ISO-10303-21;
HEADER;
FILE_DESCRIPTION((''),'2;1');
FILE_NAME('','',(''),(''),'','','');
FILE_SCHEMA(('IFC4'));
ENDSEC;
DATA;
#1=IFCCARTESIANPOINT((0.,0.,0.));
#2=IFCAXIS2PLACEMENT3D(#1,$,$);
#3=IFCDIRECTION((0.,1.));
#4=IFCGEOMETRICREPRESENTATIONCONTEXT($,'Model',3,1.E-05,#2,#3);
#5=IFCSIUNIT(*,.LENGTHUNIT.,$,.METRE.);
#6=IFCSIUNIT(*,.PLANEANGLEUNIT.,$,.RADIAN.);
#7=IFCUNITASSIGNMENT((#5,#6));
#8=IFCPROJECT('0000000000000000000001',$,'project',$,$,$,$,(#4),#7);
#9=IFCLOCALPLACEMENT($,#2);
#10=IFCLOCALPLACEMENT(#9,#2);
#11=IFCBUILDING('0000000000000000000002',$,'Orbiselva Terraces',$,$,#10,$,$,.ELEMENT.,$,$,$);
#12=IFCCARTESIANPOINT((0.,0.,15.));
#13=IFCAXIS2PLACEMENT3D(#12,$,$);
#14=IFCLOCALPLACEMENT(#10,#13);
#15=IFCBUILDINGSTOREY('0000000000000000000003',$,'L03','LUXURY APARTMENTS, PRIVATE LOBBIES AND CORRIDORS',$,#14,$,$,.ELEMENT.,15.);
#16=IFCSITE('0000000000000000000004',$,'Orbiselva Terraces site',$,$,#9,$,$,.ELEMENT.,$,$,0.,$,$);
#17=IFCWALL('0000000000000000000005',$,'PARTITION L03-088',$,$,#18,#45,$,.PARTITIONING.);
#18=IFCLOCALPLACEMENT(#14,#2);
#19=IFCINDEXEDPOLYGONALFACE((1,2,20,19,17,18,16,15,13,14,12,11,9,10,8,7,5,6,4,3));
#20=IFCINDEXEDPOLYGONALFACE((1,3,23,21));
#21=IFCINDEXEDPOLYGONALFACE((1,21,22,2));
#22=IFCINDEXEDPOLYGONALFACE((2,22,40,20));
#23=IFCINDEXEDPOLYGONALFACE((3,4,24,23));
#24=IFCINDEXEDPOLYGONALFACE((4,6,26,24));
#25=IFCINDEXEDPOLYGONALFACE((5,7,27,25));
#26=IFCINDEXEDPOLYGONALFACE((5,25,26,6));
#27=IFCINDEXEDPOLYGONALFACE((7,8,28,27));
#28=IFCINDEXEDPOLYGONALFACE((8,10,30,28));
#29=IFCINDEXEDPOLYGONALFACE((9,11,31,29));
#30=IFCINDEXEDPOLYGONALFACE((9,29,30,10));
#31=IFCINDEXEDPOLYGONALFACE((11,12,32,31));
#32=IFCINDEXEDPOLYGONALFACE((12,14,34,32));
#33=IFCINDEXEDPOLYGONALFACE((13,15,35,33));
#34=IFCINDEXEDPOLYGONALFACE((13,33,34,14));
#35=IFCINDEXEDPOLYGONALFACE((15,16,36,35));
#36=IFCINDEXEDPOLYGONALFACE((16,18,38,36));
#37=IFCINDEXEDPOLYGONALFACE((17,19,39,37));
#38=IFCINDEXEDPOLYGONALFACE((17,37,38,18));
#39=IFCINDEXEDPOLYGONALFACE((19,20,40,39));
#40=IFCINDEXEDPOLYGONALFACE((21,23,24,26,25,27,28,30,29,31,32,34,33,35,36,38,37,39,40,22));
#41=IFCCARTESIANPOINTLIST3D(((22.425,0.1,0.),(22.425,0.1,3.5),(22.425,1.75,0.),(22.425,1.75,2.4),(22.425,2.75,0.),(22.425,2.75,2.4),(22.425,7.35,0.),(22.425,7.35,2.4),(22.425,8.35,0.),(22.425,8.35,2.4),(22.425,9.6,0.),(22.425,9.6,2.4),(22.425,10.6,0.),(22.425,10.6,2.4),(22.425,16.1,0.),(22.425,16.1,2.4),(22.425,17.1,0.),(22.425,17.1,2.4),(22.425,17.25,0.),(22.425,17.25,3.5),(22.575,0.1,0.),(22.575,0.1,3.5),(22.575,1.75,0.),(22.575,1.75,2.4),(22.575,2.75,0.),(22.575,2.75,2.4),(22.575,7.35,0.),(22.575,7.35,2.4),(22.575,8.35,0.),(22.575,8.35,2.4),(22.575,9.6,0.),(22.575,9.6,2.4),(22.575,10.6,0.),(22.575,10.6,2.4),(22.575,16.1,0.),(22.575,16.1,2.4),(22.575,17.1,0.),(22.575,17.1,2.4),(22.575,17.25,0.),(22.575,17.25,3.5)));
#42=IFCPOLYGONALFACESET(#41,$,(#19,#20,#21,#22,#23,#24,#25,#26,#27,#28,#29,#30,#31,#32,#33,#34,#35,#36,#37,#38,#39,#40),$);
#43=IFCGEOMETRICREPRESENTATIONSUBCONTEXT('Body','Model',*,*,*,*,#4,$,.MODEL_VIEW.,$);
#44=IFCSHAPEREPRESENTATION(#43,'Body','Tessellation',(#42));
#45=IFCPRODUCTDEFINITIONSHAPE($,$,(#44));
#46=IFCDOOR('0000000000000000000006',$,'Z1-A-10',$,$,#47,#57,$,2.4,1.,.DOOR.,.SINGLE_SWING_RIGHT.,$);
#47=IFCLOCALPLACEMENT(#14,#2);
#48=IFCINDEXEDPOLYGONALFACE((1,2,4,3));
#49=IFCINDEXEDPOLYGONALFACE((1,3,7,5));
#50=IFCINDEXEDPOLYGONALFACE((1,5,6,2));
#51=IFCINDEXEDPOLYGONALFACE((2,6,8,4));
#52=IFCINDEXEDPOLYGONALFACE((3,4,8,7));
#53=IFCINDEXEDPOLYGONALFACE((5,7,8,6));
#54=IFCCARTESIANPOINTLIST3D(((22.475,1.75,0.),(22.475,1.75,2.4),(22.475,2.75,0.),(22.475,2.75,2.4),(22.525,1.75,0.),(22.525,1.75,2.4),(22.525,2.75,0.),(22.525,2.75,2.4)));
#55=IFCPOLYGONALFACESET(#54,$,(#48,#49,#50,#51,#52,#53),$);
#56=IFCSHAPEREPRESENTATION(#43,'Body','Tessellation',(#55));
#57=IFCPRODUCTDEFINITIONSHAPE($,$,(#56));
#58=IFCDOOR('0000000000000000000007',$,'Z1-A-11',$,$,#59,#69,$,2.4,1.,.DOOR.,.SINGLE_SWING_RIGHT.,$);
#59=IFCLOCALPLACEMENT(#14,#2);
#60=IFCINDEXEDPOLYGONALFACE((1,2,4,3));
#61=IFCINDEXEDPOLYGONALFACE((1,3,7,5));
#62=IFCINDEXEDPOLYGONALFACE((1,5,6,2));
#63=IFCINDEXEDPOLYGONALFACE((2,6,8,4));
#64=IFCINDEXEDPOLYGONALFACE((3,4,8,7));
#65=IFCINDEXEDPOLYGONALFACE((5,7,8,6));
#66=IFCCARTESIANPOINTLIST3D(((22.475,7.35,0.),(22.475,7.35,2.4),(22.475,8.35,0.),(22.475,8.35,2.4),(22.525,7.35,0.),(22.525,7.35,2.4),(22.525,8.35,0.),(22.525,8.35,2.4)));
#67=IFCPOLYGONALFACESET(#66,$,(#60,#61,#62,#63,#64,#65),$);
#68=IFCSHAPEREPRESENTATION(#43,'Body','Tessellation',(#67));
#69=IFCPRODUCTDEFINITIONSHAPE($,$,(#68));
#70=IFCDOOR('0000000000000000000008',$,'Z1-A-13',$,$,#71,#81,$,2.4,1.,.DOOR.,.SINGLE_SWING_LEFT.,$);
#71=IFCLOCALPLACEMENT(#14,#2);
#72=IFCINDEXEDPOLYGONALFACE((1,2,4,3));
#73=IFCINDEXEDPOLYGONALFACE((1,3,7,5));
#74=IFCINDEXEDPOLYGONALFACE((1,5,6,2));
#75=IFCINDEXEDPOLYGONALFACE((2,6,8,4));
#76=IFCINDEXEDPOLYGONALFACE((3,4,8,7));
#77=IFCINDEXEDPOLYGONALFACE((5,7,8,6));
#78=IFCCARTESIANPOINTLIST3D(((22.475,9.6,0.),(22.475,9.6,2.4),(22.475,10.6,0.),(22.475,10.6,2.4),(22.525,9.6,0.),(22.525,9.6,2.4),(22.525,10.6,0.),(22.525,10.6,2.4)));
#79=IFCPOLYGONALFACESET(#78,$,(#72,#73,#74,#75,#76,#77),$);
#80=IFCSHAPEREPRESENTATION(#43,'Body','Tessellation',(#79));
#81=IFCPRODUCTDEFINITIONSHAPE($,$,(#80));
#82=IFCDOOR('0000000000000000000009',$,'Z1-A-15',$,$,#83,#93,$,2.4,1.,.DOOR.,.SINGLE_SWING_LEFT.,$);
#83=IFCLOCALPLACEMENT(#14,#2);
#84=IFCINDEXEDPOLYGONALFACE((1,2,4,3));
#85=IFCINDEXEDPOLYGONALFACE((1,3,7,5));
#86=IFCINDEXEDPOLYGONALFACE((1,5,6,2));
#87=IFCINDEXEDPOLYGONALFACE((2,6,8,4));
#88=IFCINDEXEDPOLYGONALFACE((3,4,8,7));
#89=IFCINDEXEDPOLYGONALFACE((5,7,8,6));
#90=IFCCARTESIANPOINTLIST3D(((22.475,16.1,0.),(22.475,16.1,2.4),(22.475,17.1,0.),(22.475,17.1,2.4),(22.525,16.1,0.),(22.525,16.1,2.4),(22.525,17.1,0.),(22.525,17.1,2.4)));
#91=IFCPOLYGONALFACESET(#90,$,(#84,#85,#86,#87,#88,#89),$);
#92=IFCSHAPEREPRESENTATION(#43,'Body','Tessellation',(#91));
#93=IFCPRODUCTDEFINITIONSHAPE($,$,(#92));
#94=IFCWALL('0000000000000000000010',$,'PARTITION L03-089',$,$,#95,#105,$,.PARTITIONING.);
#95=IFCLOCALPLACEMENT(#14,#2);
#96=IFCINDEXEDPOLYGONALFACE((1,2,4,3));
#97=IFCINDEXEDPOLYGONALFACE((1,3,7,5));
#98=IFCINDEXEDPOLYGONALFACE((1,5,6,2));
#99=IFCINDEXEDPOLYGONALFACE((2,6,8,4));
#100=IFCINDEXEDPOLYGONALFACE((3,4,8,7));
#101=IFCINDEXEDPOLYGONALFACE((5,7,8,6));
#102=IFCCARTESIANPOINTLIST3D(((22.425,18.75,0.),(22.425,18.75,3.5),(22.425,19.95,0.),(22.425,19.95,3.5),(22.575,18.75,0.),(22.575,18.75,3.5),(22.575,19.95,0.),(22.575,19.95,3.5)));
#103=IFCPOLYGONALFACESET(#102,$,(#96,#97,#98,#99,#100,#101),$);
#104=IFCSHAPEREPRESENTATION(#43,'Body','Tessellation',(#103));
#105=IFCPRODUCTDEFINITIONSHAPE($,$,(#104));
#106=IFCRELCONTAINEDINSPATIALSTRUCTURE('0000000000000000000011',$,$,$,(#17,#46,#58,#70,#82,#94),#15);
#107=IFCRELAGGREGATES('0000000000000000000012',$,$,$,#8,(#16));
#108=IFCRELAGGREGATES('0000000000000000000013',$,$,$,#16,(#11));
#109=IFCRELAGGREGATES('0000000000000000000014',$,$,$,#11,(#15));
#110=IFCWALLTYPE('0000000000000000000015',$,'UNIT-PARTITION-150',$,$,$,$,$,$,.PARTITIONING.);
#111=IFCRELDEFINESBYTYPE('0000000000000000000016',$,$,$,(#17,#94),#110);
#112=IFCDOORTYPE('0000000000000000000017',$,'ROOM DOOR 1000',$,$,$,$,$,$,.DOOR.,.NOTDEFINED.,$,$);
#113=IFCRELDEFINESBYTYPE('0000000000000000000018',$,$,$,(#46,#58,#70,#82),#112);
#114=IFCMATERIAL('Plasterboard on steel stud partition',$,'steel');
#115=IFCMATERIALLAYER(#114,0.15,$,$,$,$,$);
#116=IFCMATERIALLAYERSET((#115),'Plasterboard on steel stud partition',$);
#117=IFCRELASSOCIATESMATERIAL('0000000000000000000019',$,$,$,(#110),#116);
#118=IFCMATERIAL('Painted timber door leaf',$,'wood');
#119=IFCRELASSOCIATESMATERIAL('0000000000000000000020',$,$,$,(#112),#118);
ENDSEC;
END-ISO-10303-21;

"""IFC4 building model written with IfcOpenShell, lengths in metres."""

from ifc_helpers import new_model, si_unit, direction, frame, frame_2d, origin, place, context, subcontext, project, spatial, rectangle, extrude, material, layer, layer_set, type_object, element, fill, save


model = new_model("IFC4")

# Units and contexts
model_context = context("Model", 3, precision=1e-05, world=origin(), true_north=direction((0.0, 1.0)))
body_context = subcontext(model_context, "Body", "Model", "MODEL_VIEW")
ifc_project = project(units=[si_unit("LENGTHUNIT", "METRE"), si_unit("PLANEANGLEUNIT", "RADIAN")], contexts=[model_context])

# Site, building, storey
site_placement = place(None, origin())
site = spatial("IfcSite", under=ifc_project, at=site_placement, Name="Orbiselva Terraces site", CompositionType="ELEMENT", RefElevation=0.0)
building_placement = place(site_placement, origin())
building = spatial("IfcBuilding", under=site, at=building_placement, Name="Orbiselva Terraces", CompositionType="ELEMENT")
storey_placement = place(building_placement, frame((0.0, 0.0, 15.0)))
storey = spatial("IfcBuildingStorey", under=building, at=storey_placement, Name="L03", Description="LUXURY APARTMENTS, PRIVATE LOBBIES AND CORRIDORS", CompositionType="ELEMENT", Elevation=15.0)

# Shared definitions
ifc_material_1 = material(Name="Plasterboard on steel stud partition", Category="steel")
ifc_material_2 = material(Name="Painted timber door leaf", Category="wood")
ifc_layer_1 = layer(ifc_material_1, 0.15)
ifc_layer_set_1 = layer_set([ifc_layer_1], Name="Plasterboard on steel stud partition")
wall_type_1 = type_object("IfcWallType", Name="UNIT-PARTITION-150", PredefinedType="PARTITIONING", material=ifc_layer_set_1)

# Wall, openings, doors
wall_1_placement = place(storey_placement, frame((22.5, 17.25, 0.0), z_axis=(0.0, 0.0, 1.0), x_axis=(0.0, -1.0, 0.0)))
wall_1 = element("IfcWall", 1, at=wall_1_placement, inside=storey, type_object=wall_type_1, Name="PARTITION L03-088", PredefinedType="PARTITIONING", context=body_context, shape_type="SweptSolid", body=[
    extrude(rectangle(XDim=17.15, YDim=0.15, at=frame_2d((8.575, 0.0))), origin(), (0.0, 0.0, 1.0), 3.5),
])
opening_1_placement = place(wall_1_placement, frame((14.5, 0.0, 0.0)))
opening_1 = element("IfcOpeningElement", 2, at=opening_1_placement, cuts=wall_1, PredefinedType="OPENING", context=body_context, shape_type="SweptSolid", body=[
    extrude(rectangle(XDim=1.0, YDim=2.4, at=frame_2d((0.5, 1.2))), frame((0.0, 0.085, 0.0), z_axis=(0.0, -1.0, 0.0), x_axis=(1.0, 0.0, 0.0)), (0.0, 0.0, 1.0), 0.17),
])
opening_2_placement = place(wall_1_placement, frame((8.9, 0.0, 0.0)))
opening_2 = element("IfcOpeningElement", 3, at=opening_2_placement, cuts=wall_1, PredefinedType="OPENING", context=body_context, shape_type="SweptSolid", body=[
    extrude(rectangle(XDim=1.0, YDim=2.4, at=frame_2d((0.5, 1.2))), frame((0.0, 0.085, 0.0), z_axis=(0.0, -1.0, 0.0), x_axis=(1.0, 0.0, 0.0)), (0.0, 0.0, 1.0), 0.17),
])
opening_3_placement = place(wall_1_placement, frame((6.65, 0.0, 0.0)))
opening_3 = element("IfcOpeningElement", 4, at=opening_3_placement, cuts=wall_1, PredefinedType="OPENING", context=body_context, shape_type="SweptSolid", body=[
    extrude(rectangle(XDim=1.0, YDim=2.4, at=frame_2d((0.5, 1.2))), frame((0.0, 0.085, 0.0), z_axis=(0.0, -1.0, 0.0), x_axis=(1.0, 0.0, 0.0)), (0.0, 0.0, 1.0), 0.17),
])
opening_4_placement = place(wall_1_placement, frame((0.15, 0.0, 0.0)))
opening_4 = element("IfcOpeningElement", 5, at=opening_4_placement, cuts=wall_1, PredefinedType="OPENING", context=body_context, shape_type="SweptSolid", body=[
    extrude(rectangle(XDim=1.0, YDim=2.4, at=frame_2d((0.5, 1.2))), frame((0.0, 0.085, 0.0), z_axis=(0.0, -1.0, 0.0), x_axis=(1.0, 0.0, 0.0)), (0.0, 0.0, 1.0), 0.17),
])
door_type_1 = type_object("IfcDoorType", Name="ROOM DOOR 1000", OperationType="NOTDEFINED", PredefinedType="DOOR", material=ifc_material_2)
door_1_placement = place(opening_1_placement, origin())
door_1 = element("IfcDoor", 6, at=door_1_placement, inside=storey, type_object=door_type_1, Name="Z1-A-10", OperationType="SINGLE_SWING_RIGHT", OverallHeight=2.4, OverallWidth=1.0, PredefinedType="DOOR", context=body_context, shape_type="SweptSolid", body=[
    extrude(rectangle(XDim=1.0, YDim=2.4, at=frame_2d((0.5, 1.2))), frame((0.0, 0.025, 0.0), z_axis=(0.0, -1.0, 0.0), x_axis=(1.0, 0.0, 0.0)), (0.0, 0.0, 1.0), 0.05),
])
fill(opening_1, door_1)
door_2_placement = place(opening_2_placement, origin())
door_2 = element("IfcDoor", 7, at=door_2_placement, inside=storey, type_object=door_type_1, Name="Z1-A-11", OperationType="SINGLE_SWING_RIGHT", OverallHeight=2.4, OverallWidth=1.0, PredefinedType="DOOR", context=body_context, shape_type="SweptSolid", body=[
    extrude(rectangle(XDim=1.0, YDim=2.4, at=frame_2d((0.5, 1.2))), frame((0.0, 0.025, 0.0), z_axis=(0.0, -1.0, 0.0), x_axis=(1.0, 0.0, 0.0)), (0.0, 0.0, 1.0), 0.05),
])
fill(opening_2, door_2)
door_3_placement = place(opening_3_placement, origin())
door_3 = element("IfcDoor", 8, at=door_3_placement, inside=storey, type_object=door_type_1, Name="Z1-A-13", OperationType="SINGLE_SWING_LEFT", OverallHeight=2.4, OverallWidth=1.0, PredefinedType="DOOR", context=body_context, shape_type="SweptSolid", body=[
    extrude(rectangle(XDim=1.0, YDim=2.4, at=frame_2d((0.5, 1.2))), frame((0.0, 0.025, 0.0), z_axis=(0.0, -1.0, 0.0), x_axis=(1.0, 0.0, 0.0)), (0.0, 0.0, 1.0), 0.05),
])
fill(opening_3, door_3)
door_4_placement = place(opening_4_placement, origin())
door_4 = element("IfcDoor", 9, at=door_4_placement, inside=storey, type_object=door_type_1, Name="Z1-A-15", OperationType="SINGLE_SWING_LEFT", OverallHeight=2.4, OverallWidth=1.0, PredefinedType="DOOR", context=body_context, shape_type="SweptSolid", body=[
    extrude(rectangle(XDim=1.0, YDim=2.4, at=frame_2d((0.5, 1.2))), frame((0.0, 0.025, 0.0), z_axis=(0.0, -1.0, 0.0), x_axis=(1.0, 0.0, 0.0)), (0.0, 0.0, 1.0), 0.05),
])
fill(opening_4, door_4)

# Wall
wall_2_placement = place(storey_placement, frame((22.5, 18.75, 0.0), z_axis=(0.0, 0.0, 1.0), x_axis=(0.0, 1.0, 0.0)))
element("IfcWall", 10, at=wall_2_placement, inside=storey, type_object=wall_type_1, Name="PARTITION L03-089", PredefinedType="PARTITIONING", context=body_context, shape_type="SweptSolid", body=[
    extrude(rectangle(XDim=1.2, YDim=0.15, at=frame_2d((0.6, 0.0))), origin(), (0.0, 0.0, 1.0), 3.5),
])

save(model, "model.ifc")
